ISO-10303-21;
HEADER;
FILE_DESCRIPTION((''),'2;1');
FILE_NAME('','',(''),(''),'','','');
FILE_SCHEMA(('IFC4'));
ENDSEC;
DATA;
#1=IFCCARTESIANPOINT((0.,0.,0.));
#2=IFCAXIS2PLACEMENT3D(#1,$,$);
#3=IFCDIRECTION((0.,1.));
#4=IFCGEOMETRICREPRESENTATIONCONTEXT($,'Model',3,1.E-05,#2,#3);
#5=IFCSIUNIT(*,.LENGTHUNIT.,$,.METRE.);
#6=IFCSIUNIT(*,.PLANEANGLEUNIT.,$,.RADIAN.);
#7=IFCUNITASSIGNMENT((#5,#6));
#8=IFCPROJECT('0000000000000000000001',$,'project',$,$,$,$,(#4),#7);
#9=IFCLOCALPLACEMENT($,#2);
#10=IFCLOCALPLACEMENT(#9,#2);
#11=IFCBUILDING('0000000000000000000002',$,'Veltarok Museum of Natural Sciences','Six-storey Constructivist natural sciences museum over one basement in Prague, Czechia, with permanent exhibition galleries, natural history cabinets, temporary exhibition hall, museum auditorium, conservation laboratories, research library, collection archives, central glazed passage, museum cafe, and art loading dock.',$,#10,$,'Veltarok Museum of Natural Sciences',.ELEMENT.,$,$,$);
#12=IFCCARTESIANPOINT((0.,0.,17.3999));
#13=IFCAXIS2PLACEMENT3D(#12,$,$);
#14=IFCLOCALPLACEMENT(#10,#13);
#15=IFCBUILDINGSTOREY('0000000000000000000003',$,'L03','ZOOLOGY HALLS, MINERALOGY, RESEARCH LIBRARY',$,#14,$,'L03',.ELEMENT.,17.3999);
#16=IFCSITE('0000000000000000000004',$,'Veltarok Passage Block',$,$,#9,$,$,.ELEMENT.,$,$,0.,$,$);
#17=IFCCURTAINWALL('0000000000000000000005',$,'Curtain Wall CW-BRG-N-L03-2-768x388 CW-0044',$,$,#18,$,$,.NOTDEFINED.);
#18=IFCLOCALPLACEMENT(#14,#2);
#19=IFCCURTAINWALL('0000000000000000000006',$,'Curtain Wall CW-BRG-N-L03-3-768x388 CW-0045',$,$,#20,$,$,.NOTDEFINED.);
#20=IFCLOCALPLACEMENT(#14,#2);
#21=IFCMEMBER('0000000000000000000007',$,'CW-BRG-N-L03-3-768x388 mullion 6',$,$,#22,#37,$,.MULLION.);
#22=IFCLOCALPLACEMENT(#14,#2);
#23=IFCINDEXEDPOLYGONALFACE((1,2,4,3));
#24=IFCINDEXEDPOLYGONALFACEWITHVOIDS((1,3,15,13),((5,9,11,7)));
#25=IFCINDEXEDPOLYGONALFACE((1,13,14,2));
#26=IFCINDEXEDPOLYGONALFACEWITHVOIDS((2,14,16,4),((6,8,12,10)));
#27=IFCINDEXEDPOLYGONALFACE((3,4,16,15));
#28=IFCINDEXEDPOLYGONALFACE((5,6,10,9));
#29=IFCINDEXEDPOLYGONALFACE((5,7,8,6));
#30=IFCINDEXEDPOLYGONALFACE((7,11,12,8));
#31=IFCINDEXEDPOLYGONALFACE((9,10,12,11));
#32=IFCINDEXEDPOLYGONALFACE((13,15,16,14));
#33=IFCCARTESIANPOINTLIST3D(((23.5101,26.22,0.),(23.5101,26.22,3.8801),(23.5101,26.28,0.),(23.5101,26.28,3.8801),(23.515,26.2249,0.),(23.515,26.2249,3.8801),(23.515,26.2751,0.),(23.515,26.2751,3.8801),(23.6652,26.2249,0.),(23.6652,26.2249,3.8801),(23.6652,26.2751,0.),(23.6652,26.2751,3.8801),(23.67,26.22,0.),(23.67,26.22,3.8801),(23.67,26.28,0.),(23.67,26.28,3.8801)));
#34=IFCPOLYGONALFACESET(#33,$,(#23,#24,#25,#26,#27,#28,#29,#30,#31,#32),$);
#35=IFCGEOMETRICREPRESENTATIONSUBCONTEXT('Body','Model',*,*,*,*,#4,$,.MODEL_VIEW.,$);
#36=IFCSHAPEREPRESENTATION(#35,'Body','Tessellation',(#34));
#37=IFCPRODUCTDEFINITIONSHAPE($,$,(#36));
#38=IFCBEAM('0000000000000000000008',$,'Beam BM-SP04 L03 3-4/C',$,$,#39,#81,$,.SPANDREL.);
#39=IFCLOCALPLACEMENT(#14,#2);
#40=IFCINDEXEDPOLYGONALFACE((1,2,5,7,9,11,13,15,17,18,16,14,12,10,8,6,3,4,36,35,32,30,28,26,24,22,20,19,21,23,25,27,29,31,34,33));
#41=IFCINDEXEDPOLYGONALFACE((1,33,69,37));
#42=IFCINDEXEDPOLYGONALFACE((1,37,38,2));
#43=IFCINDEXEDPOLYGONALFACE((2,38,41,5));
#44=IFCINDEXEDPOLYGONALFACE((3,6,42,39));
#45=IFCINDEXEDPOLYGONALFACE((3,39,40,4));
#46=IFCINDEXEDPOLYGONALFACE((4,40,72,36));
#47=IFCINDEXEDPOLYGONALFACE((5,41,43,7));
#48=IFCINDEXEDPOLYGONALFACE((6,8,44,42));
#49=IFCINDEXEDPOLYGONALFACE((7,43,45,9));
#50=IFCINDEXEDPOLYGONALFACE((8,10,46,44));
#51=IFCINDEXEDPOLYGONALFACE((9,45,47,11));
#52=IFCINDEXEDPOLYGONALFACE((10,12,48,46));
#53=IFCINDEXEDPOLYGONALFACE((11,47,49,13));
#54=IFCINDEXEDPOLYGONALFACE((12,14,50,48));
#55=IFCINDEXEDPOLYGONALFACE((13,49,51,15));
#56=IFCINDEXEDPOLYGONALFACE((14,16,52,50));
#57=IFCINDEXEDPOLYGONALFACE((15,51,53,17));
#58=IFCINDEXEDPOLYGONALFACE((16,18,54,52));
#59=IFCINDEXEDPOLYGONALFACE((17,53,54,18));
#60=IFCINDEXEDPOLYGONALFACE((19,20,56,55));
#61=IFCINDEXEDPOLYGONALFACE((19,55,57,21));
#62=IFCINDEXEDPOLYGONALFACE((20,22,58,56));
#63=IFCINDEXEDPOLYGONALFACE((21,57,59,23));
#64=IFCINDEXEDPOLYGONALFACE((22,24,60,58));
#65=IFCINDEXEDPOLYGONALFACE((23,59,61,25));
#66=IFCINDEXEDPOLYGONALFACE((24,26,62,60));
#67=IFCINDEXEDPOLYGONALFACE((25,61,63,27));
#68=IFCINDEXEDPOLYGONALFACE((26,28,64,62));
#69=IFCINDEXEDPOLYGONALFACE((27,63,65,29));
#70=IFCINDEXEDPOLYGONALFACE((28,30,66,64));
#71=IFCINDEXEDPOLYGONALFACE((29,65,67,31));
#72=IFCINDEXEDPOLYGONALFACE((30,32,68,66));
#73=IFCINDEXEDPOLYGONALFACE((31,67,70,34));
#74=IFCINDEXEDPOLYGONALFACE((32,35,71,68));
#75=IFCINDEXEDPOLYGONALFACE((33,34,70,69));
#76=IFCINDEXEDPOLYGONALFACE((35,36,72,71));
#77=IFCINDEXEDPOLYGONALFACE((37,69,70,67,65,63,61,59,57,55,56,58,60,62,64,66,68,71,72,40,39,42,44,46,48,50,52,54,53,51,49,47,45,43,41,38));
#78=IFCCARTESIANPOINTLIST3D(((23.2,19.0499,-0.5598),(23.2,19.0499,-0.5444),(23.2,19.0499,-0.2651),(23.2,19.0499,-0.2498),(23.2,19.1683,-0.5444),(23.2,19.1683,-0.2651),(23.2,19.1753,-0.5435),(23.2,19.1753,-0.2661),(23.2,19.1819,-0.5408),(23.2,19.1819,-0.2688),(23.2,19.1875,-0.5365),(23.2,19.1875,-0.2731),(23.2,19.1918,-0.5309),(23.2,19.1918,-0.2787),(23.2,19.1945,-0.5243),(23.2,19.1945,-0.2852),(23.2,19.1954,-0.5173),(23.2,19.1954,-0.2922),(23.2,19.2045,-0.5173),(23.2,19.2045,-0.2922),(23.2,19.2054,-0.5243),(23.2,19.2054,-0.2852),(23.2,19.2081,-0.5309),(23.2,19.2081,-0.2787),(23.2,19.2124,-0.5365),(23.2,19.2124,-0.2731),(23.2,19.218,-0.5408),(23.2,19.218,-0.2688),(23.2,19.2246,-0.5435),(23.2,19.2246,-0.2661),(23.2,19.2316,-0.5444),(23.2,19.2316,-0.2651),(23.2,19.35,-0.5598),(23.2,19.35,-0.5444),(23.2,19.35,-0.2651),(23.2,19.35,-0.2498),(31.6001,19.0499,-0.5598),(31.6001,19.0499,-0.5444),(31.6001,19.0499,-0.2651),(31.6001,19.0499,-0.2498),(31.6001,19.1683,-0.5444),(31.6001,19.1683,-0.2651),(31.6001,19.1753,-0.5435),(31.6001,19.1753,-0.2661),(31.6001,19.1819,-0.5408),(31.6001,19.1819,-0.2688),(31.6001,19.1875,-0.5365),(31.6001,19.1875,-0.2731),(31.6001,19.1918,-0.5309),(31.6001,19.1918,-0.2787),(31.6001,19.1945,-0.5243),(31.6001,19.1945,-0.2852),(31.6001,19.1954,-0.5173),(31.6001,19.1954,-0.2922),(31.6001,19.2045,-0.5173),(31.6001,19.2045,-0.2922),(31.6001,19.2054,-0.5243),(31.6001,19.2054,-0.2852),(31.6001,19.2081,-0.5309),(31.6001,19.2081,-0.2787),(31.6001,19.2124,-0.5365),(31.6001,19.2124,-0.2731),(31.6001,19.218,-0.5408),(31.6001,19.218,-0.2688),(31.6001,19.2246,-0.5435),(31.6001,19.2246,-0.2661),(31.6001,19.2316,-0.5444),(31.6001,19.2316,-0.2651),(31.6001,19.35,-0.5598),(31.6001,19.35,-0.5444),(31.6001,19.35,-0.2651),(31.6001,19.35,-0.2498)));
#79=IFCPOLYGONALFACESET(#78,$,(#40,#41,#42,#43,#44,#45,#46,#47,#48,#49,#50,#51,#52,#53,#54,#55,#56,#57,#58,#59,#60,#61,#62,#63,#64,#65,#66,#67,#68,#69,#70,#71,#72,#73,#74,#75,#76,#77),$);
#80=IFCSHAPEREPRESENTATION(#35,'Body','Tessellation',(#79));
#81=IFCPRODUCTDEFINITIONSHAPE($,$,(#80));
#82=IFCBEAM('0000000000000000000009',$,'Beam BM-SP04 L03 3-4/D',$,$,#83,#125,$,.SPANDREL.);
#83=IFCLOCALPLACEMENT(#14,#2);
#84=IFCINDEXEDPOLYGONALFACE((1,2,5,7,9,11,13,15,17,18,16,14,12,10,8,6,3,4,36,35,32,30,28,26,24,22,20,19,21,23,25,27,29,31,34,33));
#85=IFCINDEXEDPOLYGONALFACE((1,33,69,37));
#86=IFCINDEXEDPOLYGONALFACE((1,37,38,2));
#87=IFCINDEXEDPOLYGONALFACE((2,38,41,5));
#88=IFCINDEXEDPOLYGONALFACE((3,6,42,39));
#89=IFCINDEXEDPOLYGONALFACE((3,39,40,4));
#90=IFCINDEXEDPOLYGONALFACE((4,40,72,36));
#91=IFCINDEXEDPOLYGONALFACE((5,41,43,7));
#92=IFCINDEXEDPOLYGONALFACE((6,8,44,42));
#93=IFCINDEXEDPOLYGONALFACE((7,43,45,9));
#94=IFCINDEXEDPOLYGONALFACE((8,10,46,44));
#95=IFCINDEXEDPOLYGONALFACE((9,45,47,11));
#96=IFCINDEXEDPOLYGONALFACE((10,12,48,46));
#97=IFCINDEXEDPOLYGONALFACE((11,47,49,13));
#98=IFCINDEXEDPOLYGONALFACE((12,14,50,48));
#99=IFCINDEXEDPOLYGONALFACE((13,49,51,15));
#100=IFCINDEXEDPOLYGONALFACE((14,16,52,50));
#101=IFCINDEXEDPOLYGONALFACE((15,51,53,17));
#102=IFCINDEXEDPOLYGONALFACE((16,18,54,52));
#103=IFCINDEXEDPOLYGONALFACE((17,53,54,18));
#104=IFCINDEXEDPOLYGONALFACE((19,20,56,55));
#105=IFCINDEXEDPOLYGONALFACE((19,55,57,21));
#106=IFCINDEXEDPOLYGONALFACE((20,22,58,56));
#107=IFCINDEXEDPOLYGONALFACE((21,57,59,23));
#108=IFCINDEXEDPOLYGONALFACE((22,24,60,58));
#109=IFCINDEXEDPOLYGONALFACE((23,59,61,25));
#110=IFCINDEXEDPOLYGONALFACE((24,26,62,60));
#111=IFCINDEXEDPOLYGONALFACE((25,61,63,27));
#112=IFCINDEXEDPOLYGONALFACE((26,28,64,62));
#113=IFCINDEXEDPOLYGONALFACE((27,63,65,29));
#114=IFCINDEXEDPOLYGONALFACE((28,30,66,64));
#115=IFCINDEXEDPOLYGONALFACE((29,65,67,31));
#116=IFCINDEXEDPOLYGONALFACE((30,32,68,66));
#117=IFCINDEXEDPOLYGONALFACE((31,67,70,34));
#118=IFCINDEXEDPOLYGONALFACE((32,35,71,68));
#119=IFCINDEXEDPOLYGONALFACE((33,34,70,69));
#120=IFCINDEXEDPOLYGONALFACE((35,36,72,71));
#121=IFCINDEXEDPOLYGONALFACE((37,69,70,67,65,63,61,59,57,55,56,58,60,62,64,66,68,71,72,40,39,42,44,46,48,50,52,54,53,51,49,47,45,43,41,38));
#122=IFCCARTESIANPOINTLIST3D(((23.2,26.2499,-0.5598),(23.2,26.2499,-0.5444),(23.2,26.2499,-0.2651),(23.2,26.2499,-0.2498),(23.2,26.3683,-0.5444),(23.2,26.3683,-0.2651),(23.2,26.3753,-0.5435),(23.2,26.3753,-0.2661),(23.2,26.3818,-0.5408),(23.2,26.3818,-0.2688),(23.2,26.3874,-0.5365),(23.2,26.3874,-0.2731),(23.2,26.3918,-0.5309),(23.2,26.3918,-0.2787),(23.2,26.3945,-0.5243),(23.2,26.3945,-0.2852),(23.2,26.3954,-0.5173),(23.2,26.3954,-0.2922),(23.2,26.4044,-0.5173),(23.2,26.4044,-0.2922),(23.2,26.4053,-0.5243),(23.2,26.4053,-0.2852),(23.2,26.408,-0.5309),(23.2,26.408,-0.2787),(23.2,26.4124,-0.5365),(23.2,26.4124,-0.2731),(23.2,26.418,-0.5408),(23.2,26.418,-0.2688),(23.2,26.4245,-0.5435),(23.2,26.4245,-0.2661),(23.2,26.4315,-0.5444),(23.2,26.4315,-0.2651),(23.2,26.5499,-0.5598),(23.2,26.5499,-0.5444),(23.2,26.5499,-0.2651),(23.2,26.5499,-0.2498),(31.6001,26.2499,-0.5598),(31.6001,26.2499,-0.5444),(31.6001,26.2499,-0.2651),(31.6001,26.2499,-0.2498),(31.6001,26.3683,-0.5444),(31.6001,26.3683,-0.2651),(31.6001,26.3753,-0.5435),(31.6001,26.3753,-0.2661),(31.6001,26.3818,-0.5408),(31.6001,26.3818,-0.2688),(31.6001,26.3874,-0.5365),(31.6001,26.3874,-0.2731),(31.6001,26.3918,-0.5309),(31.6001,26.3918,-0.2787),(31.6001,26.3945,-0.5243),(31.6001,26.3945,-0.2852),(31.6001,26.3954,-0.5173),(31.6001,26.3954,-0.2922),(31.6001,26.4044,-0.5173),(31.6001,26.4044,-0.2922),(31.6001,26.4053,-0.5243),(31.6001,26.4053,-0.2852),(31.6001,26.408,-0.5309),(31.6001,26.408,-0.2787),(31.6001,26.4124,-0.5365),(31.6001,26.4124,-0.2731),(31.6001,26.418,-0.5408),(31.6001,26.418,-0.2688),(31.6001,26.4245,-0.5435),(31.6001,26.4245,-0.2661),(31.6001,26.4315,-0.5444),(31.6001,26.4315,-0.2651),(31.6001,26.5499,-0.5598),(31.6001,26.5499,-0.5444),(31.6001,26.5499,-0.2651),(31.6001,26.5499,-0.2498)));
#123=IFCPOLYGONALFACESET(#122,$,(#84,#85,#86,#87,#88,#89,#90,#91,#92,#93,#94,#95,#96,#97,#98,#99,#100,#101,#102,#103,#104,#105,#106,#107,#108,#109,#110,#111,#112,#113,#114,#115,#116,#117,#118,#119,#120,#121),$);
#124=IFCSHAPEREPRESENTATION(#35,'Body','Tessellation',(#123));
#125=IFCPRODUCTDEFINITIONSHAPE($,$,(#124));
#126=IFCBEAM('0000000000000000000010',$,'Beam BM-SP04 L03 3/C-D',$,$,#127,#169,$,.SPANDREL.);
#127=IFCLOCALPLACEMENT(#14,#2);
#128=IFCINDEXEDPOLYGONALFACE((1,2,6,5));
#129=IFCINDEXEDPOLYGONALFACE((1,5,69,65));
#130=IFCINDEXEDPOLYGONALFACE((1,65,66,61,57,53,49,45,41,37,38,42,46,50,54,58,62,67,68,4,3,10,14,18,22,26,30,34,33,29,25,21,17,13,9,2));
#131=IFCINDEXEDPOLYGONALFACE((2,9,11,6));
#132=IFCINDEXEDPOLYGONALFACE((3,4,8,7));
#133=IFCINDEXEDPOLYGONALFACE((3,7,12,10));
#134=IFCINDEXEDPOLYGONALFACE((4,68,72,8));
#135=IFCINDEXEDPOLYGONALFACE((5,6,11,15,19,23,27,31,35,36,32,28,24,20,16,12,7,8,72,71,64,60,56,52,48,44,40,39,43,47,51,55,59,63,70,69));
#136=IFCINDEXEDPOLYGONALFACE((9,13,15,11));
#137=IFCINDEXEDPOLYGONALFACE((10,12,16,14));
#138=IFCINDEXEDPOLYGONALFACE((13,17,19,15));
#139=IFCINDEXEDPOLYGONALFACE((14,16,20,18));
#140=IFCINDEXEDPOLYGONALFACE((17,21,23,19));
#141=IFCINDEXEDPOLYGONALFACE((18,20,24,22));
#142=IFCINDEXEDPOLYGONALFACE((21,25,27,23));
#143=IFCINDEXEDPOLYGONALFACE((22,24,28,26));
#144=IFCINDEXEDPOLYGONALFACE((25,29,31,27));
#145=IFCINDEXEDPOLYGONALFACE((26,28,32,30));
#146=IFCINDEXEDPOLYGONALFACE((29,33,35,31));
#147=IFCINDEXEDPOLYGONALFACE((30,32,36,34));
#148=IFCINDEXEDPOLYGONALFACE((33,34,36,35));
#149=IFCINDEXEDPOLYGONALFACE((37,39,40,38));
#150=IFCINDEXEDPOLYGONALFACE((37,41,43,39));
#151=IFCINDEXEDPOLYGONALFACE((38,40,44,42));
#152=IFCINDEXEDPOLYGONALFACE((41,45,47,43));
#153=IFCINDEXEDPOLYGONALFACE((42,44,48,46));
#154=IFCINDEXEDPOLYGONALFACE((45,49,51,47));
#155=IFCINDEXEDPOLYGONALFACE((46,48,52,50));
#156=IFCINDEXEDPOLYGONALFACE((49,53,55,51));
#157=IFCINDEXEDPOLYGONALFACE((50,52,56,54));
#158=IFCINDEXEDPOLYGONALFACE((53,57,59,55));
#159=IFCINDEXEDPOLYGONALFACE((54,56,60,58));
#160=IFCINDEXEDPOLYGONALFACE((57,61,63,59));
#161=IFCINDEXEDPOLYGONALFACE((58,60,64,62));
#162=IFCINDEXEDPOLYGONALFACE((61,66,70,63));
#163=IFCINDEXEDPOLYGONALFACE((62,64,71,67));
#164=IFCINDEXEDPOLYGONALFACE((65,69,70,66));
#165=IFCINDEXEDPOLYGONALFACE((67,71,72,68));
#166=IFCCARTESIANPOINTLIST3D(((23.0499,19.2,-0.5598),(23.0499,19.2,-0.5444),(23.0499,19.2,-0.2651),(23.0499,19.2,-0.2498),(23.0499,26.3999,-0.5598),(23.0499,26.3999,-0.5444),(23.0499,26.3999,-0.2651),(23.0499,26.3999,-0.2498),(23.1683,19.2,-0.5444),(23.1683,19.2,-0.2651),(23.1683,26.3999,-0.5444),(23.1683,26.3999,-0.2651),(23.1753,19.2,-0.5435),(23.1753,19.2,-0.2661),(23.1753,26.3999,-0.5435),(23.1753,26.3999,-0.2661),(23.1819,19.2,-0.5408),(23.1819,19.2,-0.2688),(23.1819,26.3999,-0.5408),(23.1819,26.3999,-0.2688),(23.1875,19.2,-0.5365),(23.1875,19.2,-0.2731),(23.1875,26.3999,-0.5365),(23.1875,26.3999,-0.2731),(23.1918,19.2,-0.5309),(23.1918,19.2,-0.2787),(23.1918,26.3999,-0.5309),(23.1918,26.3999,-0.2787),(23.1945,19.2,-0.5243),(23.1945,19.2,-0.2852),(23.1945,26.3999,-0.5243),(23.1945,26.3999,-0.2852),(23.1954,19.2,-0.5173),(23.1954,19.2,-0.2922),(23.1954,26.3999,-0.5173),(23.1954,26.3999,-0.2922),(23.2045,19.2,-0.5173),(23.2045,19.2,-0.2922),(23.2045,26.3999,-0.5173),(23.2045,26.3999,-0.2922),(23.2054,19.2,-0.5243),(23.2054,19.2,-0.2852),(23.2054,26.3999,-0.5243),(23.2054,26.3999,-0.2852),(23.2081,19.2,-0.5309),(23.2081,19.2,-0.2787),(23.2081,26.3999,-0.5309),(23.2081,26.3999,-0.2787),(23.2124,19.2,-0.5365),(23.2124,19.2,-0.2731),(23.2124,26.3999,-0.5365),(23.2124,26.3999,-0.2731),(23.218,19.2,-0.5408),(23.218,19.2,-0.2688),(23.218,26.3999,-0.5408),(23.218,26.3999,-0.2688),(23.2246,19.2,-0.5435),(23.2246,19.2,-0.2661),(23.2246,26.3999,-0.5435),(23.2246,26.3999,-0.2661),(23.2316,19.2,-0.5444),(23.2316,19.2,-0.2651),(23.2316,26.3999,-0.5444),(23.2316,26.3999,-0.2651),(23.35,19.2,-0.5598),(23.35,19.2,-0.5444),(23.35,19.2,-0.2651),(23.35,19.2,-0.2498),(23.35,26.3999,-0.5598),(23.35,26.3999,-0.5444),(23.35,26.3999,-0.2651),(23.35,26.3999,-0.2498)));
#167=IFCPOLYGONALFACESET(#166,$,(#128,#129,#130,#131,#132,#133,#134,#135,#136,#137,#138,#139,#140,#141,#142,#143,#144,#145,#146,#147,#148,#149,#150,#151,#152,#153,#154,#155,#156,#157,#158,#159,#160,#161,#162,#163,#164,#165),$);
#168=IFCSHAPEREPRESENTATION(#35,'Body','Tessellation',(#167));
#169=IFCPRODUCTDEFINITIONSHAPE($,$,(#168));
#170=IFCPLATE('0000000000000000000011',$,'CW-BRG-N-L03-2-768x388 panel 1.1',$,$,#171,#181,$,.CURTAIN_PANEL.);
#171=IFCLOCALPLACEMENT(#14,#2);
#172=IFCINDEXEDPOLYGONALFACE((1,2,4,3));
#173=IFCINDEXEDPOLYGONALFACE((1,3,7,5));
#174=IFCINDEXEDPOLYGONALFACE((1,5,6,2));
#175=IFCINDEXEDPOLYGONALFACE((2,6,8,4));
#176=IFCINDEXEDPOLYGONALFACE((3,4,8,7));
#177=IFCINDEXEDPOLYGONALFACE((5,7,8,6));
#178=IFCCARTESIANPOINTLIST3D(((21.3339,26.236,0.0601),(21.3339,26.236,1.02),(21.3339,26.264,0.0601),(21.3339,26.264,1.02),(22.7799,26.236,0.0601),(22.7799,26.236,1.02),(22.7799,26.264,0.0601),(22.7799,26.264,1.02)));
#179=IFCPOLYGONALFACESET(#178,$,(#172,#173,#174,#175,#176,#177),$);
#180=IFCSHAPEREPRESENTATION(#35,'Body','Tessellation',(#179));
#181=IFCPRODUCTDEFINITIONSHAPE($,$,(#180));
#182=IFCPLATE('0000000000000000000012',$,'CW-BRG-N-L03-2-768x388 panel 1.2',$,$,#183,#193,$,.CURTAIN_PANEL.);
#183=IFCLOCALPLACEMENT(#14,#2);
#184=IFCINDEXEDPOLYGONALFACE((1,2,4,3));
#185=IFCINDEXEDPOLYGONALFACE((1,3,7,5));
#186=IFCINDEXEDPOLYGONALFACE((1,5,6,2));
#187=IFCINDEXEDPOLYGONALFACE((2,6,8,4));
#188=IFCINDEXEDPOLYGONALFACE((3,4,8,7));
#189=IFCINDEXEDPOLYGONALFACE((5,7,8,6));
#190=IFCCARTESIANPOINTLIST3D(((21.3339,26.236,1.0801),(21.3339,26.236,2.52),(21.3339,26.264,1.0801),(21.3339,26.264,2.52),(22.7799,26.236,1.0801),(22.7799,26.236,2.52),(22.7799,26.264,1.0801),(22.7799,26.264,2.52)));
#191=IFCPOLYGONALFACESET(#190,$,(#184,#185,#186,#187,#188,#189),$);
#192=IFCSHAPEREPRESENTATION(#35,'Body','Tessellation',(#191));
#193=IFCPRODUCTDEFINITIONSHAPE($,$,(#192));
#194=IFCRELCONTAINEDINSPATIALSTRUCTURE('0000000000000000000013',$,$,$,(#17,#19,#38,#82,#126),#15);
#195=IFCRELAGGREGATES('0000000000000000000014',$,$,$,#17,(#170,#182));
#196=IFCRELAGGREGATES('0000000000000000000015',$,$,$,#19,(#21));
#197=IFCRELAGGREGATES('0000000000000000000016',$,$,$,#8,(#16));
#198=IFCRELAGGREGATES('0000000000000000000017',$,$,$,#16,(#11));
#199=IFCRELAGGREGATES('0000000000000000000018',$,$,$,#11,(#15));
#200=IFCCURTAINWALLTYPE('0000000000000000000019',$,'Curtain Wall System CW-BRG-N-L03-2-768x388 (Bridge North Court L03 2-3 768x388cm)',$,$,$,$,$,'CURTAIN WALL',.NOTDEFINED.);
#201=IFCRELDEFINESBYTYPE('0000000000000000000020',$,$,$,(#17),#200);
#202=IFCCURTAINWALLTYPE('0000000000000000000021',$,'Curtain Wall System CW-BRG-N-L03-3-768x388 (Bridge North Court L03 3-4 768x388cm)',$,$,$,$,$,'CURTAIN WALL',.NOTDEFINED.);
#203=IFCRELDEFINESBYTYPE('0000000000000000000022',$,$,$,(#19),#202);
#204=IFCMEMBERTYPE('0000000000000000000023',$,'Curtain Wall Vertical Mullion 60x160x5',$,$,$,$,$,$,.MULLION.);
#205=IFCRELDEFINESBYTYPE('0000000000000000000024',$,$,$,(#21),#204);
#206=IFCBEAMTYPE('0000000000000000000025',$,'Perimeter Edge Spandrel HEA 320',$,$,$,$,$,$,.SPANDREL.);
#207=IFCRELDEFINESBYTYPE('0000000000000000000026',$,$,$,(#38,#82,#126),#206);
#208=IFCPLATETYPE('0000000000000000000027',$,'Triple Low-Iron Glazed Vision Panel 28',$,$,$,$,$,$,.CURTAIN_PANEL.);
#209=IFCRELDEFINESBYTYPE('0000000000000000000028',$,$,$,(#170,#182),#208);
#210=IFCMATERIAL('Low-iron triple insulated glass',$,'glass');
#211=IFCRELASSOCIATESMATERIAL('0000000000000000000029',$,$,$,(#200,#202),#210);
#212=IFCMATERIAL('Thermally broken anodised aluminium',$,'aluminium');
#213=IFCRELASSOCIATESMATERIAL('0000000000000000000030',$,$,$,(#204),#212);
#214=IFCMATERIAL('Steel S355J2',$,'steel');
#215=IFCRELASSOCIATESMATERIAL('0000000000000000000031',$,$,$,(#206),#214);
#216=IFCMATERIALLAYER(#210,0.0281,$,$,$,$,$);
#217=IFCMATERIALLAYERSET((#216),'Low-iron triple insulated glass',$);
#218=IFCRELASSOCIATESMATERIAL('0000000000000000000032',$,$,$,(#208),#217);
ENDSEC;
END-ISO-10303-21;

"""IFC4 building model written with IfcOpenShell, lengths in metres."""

from ifc_helpers import new_model, si_unit, direction, frame, origin, origin_2d, place, context, subcontext, project, spatial, rectangle, hollow_rectangle, i_section, extrude, material, layer, layer_set, material_profile, profile_set, type_object, element, aggregate, save


model = new_model("IFC4")

# Units and contexts
model_context = context("Model", 3, precision=1e-05, world=origin(), true_north=direction((0.0, 1.0)))
body_context = subcontext(model_context, "Body", "Model", "MODEL_VIEW")
ifc_project = project(units=[si_unit("LENGTHUNIT", "METRE"), si_unit("PLANEANGLEUNIT", "RADIAN")], contexts=[model_context])

# Site, building, storey
site_placement = place(None, origin())
site = spatial("IfcSite", under=ifc_project, at=site_placement, Name="Veltarok Passage Block", CompositionType="ELEMENT", RefElevation=0.0)
building_placement = place(site_placement, origin())
building = spatial("IfcBuilding", under=site, at=building_placement, Name="Veltarok Museum of Natural Sciences", Description="Six-storey Constructivist natural sciences museum over one basement in Prague, Czechia, with permanent exhibition galleries, natural history cabinets, temporary exhibition hall, museum auditorium, conservation laboratories, research library, collection archives, central glazed passage, museum cafe, and art loading dock.", LongName="Veltarok Museum of Natural Sciences", CompositionType="ELEMENT")
storey_placement = place(building_placement, frame((0.0, 0.0, 17.3999)))
storey = spatial("IfcBuildingStorey", under=building, at=storey_placement, Name="L03", Description="ZOOLOGY HALLS, MINERALOGY, RESEARCH LIBRARY", LongName="L03", CompositionType="ELEMENT", Elevation=17.3999)

# Shared definitions
ifc_material_1 = material(Name="Steel S355J2", Category="steel")

# Curtain walls
ifc_material_2 = material(Name="Low-iron triple insulated glass", Category="glass")
curtain_wall_type_1 = type_object("IfcCurtainWallType", Name="Curtain Wall System CW-BRG-N-L03-2-768x388 (Bridge North Court L03 2-3 768x388cm)", ElementType="CURTAIN WALL", PredefinedType="NOTDEFINED", material=ifc_material_2)
curtain_wall_1_placement = place(storey_placement, origin())
curtain_wall_1 = element("IfcCurtainWall", 1, at=curtain_wall_1_placement, inside=storey, type_object=curtain_wall_type_1, Name="Curtain Wall CW-BRG-N-L03-2-768x388 CW-0044", PredefinedType="NOTDEFINED")
ifc_material_3 = material(Name="Thermally broken anodised aluminium", Category="aluminium")
curtain_wall_type_2 = type_object("IfcCurtainWallType", Name="Curtain Wall System CW-BRG-N-L03-3-768x388 (Bridge North Court L03 3-4 768x388cm)", ElementType="CURTAIN WALL", PredefinedType="NOTDEFINED", material=ifc_material_2)
curtain_wall_2_placement = place(storey_placement, origin())
curtain_wall_2 = element("IfcCurtainWall", 2, at=curtain_wall_2_placement, inside=storey, type_object=curtain_wall_type_2, Name="Curtain Wall CW-BRG-N-L03-3-768x388 CW-0045", PredefinedType="NOTDEFINED")

# Member
ifc_material_profile_1 = material_profile(ifc_material_3, hollow_rectangle(XDim=0.0601, YDim=0.1599, WallThickness=0.0049, at=origin_2d()), Name="CW MULLION 60x160x5")
ifc_profile_set_1 = profile_set([ifc_material_profile_1], Name="Thermally broken anodised aluminium")
member_type_1 = type_object("IfcMemberType", Name="Curtain Wall Vertical Mullion 60x160x5", PredefinedType="MULLION", material=ifc_profile_set_1)
member_1_placement = place(storey_placement, frame((23.5901, 26.25, 0.0), z_axis=(0.0, 0.0, 1.0), x_axis=(0.0, -1.0, 0.0)))
member_1 = element("IfcMember", 3, at=member_1_placement, type_object=member_type_1, Name="CW-BRG-N-L03-3-768x388 mullion 6", PredefinedType="MULLION", context=body_context, shape_type="SweptSolid", body=[
    extrude(hollow_rectangle(XDim=0.0601, YDim=0.1599, WallThickness=0.0049, at=origin_2d()), origin(), (0.0, 0.0, 1.0), 3.8801),
])

# Beams
ifc_material_profile_2 = material_profile(ifc_material_1, i_section(OverallWidth=0.3, OverallDepth=0.3101, WebThickness=0.009, FlangeThickness=0.0154, FilletRadius=0.0271, at=origin_2d()), Name="HEA 320")
ifc_profile_set_2 = profile_set([ifc_material_profile_2], Name="Steel S355J2")
beam_type = type_object("IfcBeamType", Name="Perimeter Edge Spandrel HEA 320", PredefinedType="SPANDREL", material=ifc_profile_set_2)
for number, where, z_axis, x_axis, name in (
    (4, (23.2, 19.2, -0.4048), (1.0, 0.0, 0.0), (0.0, 1.0, 0.0), "Beam BM-SP04 L03 3-4/C"),
    (5, (23.2, 26.3999, -0.4048), (1.0, 0.0, 0.0), (0.0, 1.0, 0.0), "Beam BM-SP04 L03 3-4/D"),
):
    element("IfcBeam", number, at=place(storey_placement, frame(where, z_axis=z_axis, x_axis=x_axis)), inside=storey, type_object=beam_type, Name=name, PredefinedType="SPANDREL", context=body_context, shape_type="SweptSolid", body=[
        extrude(i_section(OverallWidth=0.3, OverallDepth=0.3101, WebThickness=0.009, FlangeThickness=0.0154, FilletRadius=0.0271, at=origin_2d()), origin(), (0.0, 0.0, 1.0), 8.4001),
    ])
beam_placement = place(storey_placement, frame((23.2, 19.2, -0.4048), z_axis=(0.0, 1.0, 0.0), x_axis=(-1.0, 0.0, 0.0)))
element("IfcBeam", 6, at=beam_placement, inside=storey, type_object=beam_type, Name="Beam BM-SP04 L03 3/C-D", PredefinedType="SPANDREL", context=body_context, shape_type="SweptSolid", body=[
    extrude(i_section(OverallWidth=0.3, OverallDepth=0.3101, WebThickness=0.009, FlangeThickness=0.0154, FilletRadius=0.0271, at=origin_2d()), origin(), (0.0, 0.0, 1.0), 7.2),
])

# Plates
ifc_layer = layer(ifc_material_2, 0.0281)
ifc_layer_set = layer_set([ifc_layer], Name="Low-iron triple insulated glass")
plate_type = type_object("IfcPlateType", Name="Triple Low-Iron Glazed Vision Panel 28", PredefinedType="CURTAIN_PANEL", material=ifc_layer_set)
plate_1_placement = place(storey_placement, frame((22.0569, 26.25, 0.0601), z_axis=(0.0, 0.0, 1.0), x_axis=(-1.0, 0.0, 0.0)))
plate_1 = element("IfcPlate", 7, at=plate_1_placement, type_object=plate_type, Name="CW-BRG-N-L03-2-768x388 panel 1.1", PredefinedType="CURTAIN_PANEL", context=body_context, shape_type="SweptSolid", body=[
    extrude(rectangle(XDim=1.446, YDim=0.0281, at=origin_2d()), origin(), (0.0, 0.0, 1.0), 0.96),
])
plate_2_placement = place(storey_placement, frame((22.0569, 26.25, 1.0801), z_axis=(0.0, 0.0, 1.0), x_axis=(-1.0, 0.0, 0.0)))
plate_2 = element("IfcPlate", 8, at=plate_2_placement, type_object=plate_type, Name="CW-BRG-N-L03-2-768x388 panel 1.2", PredefinedType="CURTAIN_PANEL", context=body_context, shape_type="SweptSolid", body=[
    extrude(rectangle(XDim=1.446, YDim=0.0281, at=origin_2d()), origin(), (0.0, 0.0, 1.0), 1.4399),
])
aggregate(curtain_wall_1, [plate_1, plate_2])
aggregate(curtain_wall_2, [member_1])

save(model, "model.ifc")
